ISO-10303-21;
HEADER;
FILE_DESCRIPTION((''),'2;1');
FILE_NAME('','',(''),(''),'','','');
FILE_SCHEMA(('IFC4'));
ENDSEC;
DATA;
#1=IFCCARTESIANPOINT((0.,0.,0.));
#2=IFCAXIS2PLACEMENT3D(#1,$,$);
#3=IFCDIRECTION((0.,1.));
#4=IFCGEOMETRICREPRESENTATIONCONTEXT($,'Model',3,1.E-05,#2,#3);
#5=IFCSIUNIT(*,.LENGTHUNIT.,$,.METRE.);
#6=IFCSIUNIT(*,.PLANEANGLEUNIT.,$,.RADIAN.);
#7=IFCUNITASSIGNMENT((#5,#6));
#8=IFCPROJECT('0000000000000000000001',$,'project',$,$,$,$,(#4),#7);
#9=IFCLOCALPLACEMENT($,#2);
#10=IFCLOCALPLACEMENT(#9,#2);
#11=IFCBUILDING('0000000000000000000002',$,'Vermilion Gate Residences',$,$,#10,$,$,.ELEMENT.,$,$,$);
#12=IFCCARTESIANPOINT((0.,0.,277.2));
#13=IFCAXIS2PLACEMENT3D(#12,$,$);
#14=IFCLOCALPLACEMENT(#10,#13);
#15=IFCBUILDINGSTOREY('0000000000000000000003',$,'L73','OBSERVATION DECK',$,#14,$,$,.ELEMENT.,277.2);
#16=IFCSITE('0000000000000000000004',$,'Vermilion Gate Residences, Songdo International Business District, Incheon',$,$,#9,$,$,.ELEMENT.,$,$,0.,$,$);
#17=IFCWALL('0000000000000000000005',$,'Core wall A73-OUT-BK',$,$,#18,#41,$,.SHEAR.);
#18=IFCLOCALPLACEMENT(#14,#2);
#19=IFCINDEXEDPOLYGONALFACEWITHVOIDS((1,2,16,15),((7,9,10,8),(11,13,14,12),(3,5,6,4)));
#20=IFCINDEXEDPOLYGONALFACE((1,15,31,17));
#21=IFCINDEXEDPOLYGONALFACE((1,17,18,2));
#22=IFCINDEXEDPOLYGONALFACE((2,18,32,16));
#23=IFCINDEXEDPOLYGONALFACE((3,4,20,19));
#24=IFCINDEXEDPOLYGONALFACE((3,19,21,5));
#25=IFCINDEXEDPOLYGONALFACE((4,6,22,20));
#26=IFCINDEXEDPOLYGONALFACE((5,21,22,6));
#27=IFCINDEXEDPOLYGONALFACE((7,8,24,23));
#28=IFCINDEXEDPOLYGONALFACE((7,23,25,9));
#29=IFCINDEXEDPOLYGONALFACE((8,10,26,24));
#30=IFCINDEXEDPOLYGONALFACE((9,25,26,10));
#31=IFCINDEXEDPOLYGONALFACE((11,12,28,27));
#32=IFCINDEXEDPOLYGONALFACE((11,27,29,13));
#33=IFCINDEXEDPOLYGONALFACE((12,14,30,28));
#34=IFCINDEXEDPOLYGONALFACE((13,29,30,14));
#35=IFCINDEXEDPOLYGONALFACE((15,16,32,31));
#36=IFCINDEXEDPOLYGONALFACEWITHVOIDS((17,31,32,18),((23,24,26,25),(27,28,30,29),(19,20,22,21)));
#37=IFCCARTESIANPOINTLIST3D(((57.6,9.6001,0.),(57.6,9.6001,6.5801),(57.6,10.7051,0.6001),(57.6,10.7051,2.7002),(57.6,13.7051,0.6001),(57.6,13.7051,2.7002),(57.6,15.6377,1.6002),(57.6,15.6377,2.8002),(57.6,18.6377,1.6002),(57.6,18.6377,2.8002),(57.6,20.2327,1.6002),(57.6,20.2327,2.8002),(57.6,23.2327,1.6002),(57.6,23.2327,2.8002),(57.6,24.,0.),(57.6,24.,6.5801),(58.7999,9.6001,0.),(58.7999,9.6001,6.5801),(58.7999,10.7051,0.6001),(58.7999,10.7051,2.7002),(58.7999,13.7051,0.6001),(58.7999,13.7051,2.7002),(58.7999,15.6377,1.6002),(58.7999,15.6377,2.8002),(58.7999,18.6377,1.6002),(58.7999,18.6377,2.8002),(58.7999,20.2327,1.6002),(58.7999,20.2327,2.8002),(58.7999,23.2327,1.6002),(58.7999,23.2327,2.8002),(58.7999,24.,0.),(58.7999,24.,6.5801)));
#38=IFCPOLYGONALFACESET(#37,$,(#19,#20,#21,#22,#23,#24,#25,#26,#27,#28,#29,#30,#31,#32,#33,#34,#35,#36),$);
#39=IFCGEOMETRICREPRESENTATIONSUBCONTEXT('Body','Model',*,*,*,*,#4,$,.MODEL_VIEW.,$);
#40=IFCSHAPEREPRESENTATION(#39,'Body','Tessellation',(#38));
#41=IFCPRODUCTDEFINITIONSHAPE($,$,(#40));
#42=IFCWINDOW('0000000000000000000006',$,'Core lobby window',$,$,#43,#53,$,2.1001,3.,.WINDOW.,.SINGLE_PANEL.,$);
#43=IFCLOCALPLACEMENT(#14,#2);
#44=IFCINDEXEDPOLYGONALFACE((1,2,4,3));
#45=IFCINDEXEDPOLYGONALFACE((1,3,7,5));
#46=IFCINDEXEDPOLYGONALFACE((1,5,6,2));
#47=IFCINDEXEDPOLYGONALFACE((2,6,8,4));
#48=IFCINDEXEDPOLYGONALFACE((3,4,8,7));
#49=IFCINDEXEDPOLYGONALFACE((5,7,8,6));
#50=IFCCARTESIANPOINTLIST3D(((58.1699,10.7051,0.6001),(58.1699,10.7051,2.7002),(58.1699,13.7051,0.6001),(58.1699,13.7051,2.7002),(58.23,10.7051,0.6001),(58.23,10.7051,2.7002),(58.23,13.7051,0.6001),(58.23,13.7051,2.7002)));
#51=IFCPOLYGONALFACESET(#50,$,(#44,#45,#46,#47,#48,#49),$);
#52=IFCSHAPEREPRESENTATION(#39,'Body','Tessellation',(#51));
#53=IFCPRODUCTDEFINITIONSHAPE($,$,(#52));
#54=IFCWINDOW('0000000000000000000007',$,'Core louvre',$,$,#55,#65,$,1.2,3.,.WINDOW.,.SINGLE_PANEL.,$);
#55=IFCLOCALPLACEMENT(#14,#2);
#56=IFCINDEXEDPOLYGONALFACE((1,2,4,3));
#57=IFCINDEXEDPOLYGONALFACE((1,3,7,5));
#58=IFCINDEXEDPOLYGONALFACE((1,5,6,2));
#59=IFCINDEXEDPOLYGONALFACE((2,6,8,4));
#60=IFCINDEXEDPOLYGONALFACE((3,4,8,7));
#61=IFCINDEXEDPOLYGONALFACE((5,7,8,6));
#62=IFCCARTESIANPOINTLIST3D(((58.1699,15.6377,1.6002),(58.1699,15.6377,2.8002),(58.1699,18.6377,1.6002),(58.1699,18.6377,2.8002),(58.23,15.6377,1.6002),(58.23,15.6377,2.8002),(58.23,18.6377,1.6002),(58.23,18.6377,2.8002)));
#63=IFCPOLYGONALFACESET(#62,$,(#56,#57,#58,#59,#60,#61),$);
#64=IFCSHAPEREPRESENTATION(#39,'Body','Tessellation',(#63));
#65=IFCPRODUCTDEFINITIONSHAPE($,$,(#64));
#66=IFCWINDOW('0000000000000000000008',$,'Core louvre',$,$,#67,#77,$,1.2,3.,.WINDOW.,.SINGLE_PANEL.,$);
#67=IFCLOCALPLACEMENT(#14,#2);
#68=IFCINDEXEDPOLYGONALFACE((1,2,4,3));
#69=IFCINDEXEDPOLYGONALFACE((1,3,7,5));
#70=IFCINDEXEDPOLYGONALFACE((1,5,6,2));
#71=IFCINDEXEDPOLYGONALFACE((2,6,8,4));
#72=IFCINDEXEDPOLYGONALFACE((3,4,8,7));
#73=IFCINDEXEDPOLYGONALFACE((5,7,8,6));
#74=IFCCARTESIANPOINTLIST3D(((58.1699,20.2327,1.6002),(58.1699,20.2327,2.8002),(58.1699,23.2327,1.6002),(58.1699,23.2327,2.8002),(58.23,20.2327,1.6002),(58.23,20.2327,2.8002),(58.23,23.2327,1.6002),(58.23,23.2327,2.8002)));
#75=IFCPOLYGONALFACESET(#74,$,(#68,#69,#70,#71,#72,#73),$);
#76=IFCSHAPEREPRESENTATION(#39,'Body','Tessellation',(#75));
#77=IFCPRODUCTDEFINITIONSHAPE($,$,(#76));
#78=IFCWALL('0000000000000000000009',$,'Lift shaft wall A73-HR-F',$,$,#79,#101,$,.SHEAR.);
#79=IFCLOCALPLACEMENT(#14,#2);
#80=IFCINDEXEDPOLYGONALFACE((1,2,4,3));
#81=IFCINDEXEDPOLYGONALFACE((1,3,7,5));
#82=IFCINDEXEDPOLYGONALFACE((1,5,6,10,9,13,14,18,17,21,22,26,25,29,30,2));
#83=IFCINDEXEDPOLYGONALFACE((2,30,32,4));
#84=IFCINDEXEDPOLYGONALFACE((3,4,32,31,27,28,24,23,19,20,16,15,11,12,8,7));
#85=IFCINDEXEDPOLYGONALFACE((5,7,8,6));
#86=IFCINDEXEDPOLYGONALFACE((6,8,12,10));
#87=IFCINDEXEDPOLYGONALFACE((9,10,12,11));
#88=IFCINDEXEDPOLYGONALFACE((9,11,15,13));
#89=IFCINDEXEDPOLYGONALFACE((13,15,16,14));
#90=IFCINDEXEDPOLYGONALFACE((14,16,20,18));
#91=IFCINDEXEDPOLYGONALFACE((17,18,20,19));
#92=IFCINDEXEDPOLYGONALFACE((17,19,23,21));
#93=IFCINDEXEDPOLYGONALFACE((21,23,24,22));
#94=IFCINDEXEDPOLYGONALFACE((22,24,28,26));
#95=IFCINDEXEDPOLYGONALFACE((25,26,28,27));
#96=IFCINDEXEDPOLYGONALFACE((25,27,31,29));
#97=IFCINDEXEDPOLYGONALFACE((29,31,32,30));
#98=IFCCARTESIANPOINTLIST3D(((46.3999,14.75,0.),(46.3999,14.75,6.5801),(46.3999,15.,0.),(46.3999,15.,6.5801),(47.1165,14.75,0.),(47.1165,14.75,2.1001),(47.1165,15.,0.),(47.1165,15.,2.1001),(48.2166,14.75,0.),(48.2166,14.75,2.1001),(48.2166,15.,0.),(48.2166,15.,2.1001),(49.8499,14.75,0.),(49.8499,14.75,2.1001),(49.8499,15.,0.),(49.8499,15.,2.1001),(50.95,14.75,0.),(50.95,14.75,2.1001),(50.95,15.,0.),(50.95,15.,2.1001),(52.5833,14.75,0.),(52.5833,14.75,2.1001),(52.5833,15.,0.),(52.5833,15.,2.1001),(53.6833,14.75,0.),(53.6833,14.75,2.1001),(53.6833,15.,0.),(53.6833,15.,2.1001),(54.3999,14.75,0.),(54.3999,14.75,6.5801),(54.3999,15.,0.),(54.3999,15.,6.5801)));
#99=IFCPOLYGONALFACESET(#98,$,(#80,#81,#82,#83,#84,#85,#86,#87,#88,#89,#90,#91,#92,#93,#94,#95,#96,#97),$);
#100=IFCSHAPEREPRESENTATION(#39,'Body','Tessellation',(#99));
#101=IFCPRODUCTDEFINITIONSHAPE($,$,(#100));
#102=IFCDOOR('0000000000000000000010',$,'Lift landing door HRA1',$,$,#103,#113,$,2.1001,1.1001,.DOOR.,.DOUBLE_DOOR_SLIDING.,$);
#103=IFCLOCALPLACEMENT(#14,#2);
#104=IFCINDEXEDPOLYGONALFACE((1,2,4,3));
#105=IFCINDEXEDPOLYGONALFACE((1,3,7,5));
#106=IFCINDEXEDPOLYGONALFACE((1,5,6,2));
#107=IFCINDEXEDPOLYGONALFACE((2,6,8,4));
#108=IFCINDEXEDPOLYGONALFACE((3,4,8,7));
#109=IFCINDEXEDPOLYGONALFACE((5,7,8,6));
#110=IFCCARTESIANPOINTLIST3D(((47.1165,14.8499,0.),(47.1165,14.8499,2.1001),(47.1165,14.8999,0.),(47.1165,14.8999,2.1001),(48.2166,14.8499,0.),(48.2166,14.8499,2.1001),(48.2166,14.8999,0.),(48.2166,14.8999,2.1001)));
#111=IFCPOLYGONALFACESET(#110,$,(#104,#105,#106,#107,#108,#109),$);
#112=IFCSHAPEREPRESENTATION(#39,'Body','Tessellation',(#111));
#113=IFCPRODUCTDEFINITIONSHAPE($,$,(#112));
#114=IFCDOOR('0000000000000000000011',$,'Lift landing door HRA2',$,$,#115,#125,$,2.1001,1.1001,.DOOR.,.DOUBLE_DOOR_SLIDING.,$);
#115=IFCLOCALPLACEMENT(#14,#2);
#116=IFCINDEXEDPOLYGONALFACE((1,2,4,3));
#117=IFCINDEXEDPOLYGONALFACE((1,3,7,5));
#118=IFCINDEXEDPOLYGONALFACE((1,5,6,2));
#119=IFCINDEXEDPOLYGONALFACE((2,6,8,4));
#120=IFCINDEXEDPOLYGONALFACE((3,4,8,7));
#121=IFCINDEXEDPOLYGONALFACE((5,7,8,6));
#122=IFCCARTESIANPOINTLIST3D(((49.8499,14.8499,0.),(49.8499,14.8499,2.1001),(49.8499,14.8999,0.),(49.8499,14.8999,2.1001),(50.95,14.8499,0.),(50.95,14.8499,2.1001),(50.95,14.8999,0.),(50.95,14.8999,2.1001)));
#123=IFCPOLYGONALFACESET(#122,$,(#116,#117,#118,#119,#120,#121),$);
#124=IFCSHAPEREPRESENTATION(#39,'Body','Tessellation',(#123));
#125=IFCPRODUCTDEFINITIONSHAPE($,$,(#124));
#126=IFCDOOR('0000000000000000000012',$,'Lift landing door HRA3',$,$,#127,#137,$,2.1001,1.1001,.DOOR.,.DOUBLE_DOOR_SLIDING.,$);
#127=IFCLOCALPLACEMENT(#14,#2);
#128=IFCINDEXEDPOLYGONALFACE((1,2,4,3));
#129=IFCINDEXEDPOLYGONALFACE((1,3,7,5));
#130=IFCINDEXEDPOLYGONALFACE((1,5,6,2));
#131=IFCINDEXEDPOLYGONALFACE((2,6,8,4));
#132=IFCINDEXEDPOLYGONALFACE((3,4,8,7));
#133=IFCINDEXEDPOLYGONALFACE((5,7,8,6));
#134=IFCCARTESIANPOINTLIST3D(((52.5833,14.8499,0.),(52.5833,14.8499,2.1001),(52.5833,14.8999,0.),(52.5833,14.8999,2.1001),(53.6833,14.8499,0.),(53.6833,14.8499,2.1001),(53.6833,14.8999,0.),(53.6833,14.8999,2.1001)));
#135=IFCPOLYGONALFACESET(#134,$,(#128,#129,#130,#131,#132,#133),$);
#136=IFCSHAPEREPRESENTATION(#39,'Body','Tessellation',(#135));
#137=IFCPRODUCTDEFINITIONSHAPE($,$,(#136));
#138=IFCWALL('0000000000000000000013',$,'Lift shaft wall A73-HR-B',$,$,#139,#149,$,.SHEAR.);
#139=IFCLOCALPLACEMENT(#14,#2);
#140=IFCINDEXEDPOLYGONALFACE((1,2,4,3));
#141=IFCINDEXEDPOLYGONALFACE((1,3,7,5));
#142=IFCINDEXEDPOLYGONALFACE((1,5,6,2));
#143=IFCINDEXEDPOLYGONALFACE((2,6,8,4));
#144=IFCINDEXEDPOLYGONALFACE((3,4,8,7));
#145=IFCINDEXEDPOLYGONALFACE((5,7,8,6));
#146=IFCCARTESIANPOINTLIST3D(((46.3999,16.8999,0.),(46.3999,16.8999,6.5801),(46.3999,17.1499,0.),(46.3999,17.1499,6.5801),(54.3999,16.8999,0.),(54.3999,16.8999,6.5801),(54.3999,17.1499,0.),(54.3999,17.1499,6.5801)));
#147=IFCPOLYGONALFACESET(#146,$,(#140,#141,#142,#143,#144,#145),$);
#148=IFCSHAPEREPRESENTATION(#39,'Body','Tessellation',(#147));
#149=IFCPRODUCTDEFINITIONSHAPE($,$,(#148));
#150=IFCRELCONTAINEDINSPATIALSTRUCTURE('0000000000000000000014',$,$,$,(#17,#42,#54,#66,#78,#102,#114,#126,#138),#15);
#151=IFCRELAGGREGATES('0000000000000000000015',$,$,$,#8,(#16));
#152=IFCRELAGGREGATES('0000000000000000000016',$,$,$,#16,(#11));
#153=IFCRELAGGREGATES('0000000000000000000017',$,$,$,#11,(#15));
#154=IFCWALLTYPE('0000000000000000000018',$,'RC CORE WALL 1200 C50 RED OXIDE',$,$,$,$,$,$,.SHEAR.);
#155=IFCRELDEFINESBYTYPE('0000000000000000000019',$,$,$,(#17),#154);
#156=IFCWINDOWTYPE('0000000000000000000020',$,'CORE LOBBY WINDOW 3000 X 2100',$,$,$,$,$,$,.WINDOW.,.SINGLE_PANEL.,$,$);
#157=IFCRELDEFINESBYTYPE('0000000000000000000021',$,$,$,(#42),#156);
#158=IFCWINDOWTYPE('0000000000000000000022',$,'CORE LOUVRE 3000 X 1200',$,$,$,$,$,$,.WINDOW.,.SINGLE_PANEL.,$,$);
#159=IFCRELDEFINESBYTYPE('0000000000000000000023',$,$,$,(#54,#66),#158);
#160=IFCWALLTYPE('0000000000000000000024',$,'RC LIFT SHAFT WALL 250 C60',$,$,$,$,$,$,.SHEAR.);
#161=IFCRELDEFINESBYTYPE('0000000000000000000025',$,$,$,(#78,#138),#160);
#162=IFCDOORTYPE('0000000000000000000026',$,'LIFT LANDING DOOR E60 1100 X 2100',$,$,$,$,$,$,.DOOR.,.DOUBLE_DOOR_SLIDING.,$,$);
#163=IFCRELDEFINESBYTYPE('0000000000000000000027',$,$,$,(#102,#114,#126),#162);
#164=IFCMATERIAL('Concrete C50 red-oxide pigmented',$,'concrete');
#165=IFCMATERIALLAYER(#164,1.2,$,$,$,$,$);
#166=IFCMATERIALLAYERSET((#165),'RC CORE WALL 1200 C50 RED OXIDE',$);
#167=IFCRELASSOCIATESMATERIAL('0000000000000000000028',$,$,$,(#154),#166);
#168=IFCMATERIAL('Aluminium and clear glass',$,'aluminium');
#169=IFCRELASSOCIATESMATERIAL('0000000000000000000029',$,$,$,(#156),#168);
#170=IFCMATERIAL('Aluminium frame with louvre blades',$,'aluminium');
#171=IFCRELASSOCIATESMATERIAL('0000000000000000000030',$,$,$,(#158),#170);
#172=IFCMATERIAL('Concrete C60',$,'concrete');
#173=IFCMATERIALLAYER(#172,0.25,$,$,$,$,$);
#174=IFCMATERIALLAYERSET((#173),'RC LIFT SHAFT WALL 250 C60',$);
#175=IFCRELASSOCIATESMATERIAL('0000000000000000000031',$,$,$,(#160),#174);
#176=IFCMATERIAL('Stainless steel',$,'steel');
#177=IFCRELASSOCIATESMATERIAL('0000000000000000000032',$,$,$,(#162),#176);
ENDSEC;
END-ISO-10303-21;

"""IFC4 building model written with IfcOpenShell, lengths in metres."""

from ifc_helpers import new_model, si_unit, direction, frame, frame_2d, origin, place, context, subcontext, project, spatial, rectangle, extrude, material, layer, layer_set, type_object, element, fill, save


model = new_model("IFC4")

# Units and contexts
model_context = context("Model", 3, precision=1e-05, world=origin(), true_north=direction((0.0, 1.0)))
body_context = subcontext(model_context, "Body", "Model", "MODEL_VIEW")
ifc_project = project(units=[si_unit("LENGTHUNIT", "METRE"), si_unit("PLANEANGLEUNIT", "RADIAN")], contexts=[model_context])

# Site, building, storey
site_placement = place(None, origin())
site = spatial("IfcSite", under=ifc_project, at=site_placement, Name="Vermilion Gate Residences, Songdo International Business District, Incheon", CompositionType="ELEMENT", RefElevation=0.0)
building_placement = place(site_placement, origin())
building = spatial("IfcBuilding", under=site, at=building_placement, Name="Vermilion Gate Residences", CompositionType="ELEMENT")
storey_placement = place(building_placement, frame((0.0, 0.0, 277.2)))
storey = spatial("IfcBuildingStorey", under=building, at=storey_placement, Name="L73", Description="OBSERVATION DECK", CompositionType="ELEMENT", Elevation=277.2)

# Wall, openings, windows
ifc_material_1 = material(Name="Concrete C50 red-oxide pigmented", Category="concrete")
ifc_layer_1 = layer(ifc_material_1, 1.2)
ifc_layer_set_1 = layer_set([ifc_layer_1], Name="RC CORE WALL 1200 C50 RED OXIDE")
wall_type_1 = type_object("IfcWallType", Name="RC CORE WALL 1200 C50 RED OXIDE", PredefinedType="SHEAR", material=ifc_layer_set_1)
wall_1_placement = place(storey_placement, frame((58.2, 9.6001, 0.0), z_axis=(0.0, 0.0, 1.0), x_axis=(0.0, 1.0, 0.0)))
wall_1 = element("IfcWall", 1, at=wall_1_placement, inside=storey, type_object=wall_type_1, Name="Core wall A73-OUT-BK", PredefinedType="SHEAR", context=body_context, shape_type="SweptSolid", body=[
    extrude(rectangle(XDim=14.3999, YDim=1.2, at=frame_2d((7.2, 0.0))), origin(), (0.0, 0.0, 1.0), 6.5801),
])
opening_1_placement = place(wall_1_placement, frame((1.105, 0.0, 0.6001)))
opening_1 = element("IfcOpeningElement", 2, at=opening_1_placement, cuts=wall_1, PredefinedType="OPENING", context=body_context, shape_type="SweptSolid", body=[
    extrude(rectangle(XDim=3.0, YDim=2.1001, at=frame_2d((1.5, 1.05))), frame((0.0, 0.6099, 0.0), z_axis=(0.0, -1.0, 0.0), x_axis=(1.0, 0.0, 0.0)), (0.0, 0.0, 1.0), 1.22),
])
opening_2_placement = place(wall_1_placement, frame((6.0376, 0.0, 1.6001)))
opening_2 = element("IfcOpeningElement", 3, at=opening_2_placement, cuts=wall_1, PredefinedType="OPENING", context=body_context, shape_type="SweptSolid", body=[
    extrude(rectangle(XDim=3.0, YDim=1.2, at=frame_2d((1.5, 0.6001))), frame((0.0, 0.6099, 0.0), z_axis=(0.0, -1.0, 0.0), x_axis=(1.0, 0.0, 0.0)), (0.0, 0.0, 1.0), 1.22),
])
opening_3_placement = place(wall_1_placement, frame((10.6326, 0.0, 1.6001)))
opening_3 = element("IfcOpeningElement", 4, at=opening_3_placement, cuts=wall_1, PredefinedType="OPENING", context=body_context, shape_type="SweptSolid", body=[
    extrude(rectangle(XDim=3.0, YDim=1.2, at=frame_2d((1.5, 0.6001))), frame((0.0, 0.6099, 0.0), z_axis=(0.0, -1.0, 0.0), x_axis=(1.0, 0.0, 0.0)), (0.0, 0.0, 1.0), 1.22),
])
ifc_material_2 = material(Name="Aluminium and clear glass", Category="aluminium")
window_type_1 = type_object("IfcWindowType", Name="CORE LOBBY WINDOW 3000 X 2100", PartitioningType="SINGLE_PANEL", PredefinedType="WINDOW", material=ifc_material_2)
window_1_placement = place(opening_1_placement, origin())
window_1 = element("IfcWindow", 5, at=window_1_placement, inside=storey, type_object=window_type_1, Name="Core lobby window", OverallHeight=2.1001, OverallWidth=3.0, PartitioningType="SINGLE_PANEL", PredefinedType="WINDOW", context=body_context, shape_type="SweptSolid", body=[
    extrude(rectangle(XDim=3.0, YDim=2.1001, at=frame_2d((1.5, 1.05))), frame((0.0, 0.03, 0.0), z_axis=(0.0, -1.0, 0.0), x_axis=(1.0, 0.0, 0.0)), (0.0, 0.0, 1.0), 0.0601),
])
fill(opening_1, window_1)
ifc_material_3 = material(Name="Aluminium frame with louvre blades", Category="aluminium")
window_type_2 = type_object("IfcWindowType", Name="CORE LOUVRE 3000 X 1200", PartitioningType="SINGLE_PANEL", PredefinedType="WINDOW", material=ifc_material_3)
window_2_placement = place(opening_2_placement, origin())
window_2 = element("IfcWindow", 6, at=window_2_placement, inside=storey, type_object=window_type_2, Name="Core louvre", OverallHeight=1.2, OverallWidth=3.0, PartitioningType="SINGLE_PANEL", PredefinedType="WINDOW", context=body_context, shape_type="SweptSolid", body=[
    extrude(rectangle(XDim=3.0, YDim=1.2, at=frame_2d((1.5, 0.6001))), frame((0.0, 0.03, 0.0), z_axis=(0.0, -1.0, 0.0), x_axis=(1.0, 0.0, 0.0)), (0.0, 0.0, 1.0), 0.0601),
])
fill(opening_2, window_2)
window_3_placement = place(opening_3_placement, origin())
window_3 = element("IfcWindow", 7, at=window_3_placement, inside=storey, type_object=window_type_2, Name="Core louvre", OverallHeight=1.2, OverallWidth=3.0, PartitioningType="SINGLE_PANEL", PredefinedType="WINDOW", context=body_context, shape_type="SweptSolid", body=[
    extrude(rectangle(XDim=3.0, YDim=1.2, at=frame_2d((1.5, 0.6001))), frame((0.0, 0.03, 0.0), z_axis=(0.0, -1.0, 0.0), x_axis=(1.0, 0.0, 0.0)), (0.0, 0.0, 1.0), 0.0601),
])
fill(opening_3, window_3)

# Wall, openings, doors
ifc_material_4 = material(Name="Concrete C60", Category="concrete")
ifc_layer_2 = layer(ifc_material_4, 0.25)
ifc_layer_set_2 = layer_set([ifc_layer_2], Name="RC LIFT SHAFT WALL 250 C60")
wall_type_2 = type_object("IfcWallType", Name="RC LIFT SHAFT WALL 250 C60", PredefinedType="SHEAR", material=ifc_layer_set_2)
wall_2_placement = place(storey_placement, frame((46.3999, 14.875, 0.0), z_axis=(0.0, 0.0, 1.0), x_axis=(1.0, 0.0, 0.0)))
wall_2 = element("IfcWall", 8, at=wall_2_placement, inside=storey, type_object=wall_type_2, Name="Lift shaft wall A73-HR-F", PredefinedType="SHEAR", context=body_context, shape_type="SweptSolid", body=[
    extrude(rectangle(XDim=8.0, YDim=0.25, at=frame_2d((4.0, 0.0))), origin(), (0.0, 0.0, 1.0), 6.5801),
])
opening_4_placement = place(wall_2_placement, frame((0.7166, 0.0, 0.0)))
opening_4 = element("IfcOpeningElement", 9, at=opening_4_placement, cuts=wall_2, PredefinedType="OPENING", context=body_context, shape_type="SweptSolid", body=[
    extrude(rectangle(XDim=1.1001, YDim=2.1001, at=frame_2d((0.55, 1.05))), frame((0.0, 0.135, 0.0), z_axis=(0.0, -1.0, 0.0), x_axis=(1.0, 0.0, 0.0)), (0.0, 0.0, 1.0), 0.27),
])
opening_5_placement = place(wall_2_placement, frame((3.45, 0.0, 0.0)))
opening_5 = element("IfcOpeningElement", 10, at=opening_5_placement, cuts=wall_2, PredefinedType="OPENING", context=body_context, shape_type="SweptSolid", body=[
    extrude(rectangle(XDim=1.1001, YDim=2.1001, at=frame_2d((0.55, 1.05))), frame((0.0, 0.135, 0.0), z_axis=(0.0, -1.0, 0.0), x_axis=(1.0, 0.0, 0.0)), (0.0, 0.0, 1.0), 0.27),
])
opening_6_placement = place(wall_2_placement, frame((6.1833, 0.0, 0.0)))
opening_6 = element("IfcOpeningElement", 11, at=opening_6_placement, cuts=wall_2, PredefinedType="OPENING", context=body_context, shape_type="SweptSolid", body=[
    extrude(rectangle(XDim=1.1001, YDim=2.1001, at=frame_2d((0.55, 1.05))), frame((0.0, 0.135, 0.0), z_axis=(0.0, -1.0, 0.0), x_axis=(1.0, 0.0, 0.0)), (0.0, 0.0, 1.0), 0.27),
])
ifc_material_5 = material(Name="Stainless steel", Category="steel")
door_type_1 = type_object("IfcDoorType", Name="LIFT LANDING DOOR E60 1100 X 2100", OperationType="DOUBLE_DOOR_SLIDING", PredefinedType="DOOR", material=ifc_material_5)
door_1_placement = place(opening_4_placement, origin())
door_1 = element("IfcDoor", 12, at=door_1_placement, inside=storey, type_object=door_type_1, Name="Lift landing door HRA1", OperationType="DOUBLE_DOOR_SLIDING", OverallHeight=2.1001, OverallWidth=1.1001, PredefinedType="DOOR", context=body_context, shape_type="SweptSolid", body=[
    extrude(rectangle(XDim=1.1001, YDim=2.1001, at=frame_2d((0.55, 1.05))), frame((0.0, 0.0249, 0.0), z_axis=(0.0, -1.0, 0.0), x_axis=(1.0, 0.0, 0.0)), (0.0, 0.0, 1.0), 0.05),
])
fill(opening_4, door_1)
door_2_placement = place(opening_5_placement, origin())
door_2 = element("IfcDoor", 13, at=door_2_placement, inside=storey, type_object=door_type_1, Name="Lift landing door HRA2", OperationType="DOUBLE_DOOR_SLIDING", OverallHeight=2.1001, OverallWidth=1.1001, PredefinedType="DOOR", context=body_context, shape_type="SweptSolid", body=[
    extrude(rectangle(XDim=1.1001, YDim=2.1001, at=frame_2d((0.55, 1.05))), frame((0.0, 0.0249, 0.0), z_axis=(0.0, -1.0, 0.0), x_axis=(1.0, 0.0, 0.0)), (0.0, 0.0, 1.0), 0.05),
])
fill(opening_5, door_2)
door_3_placement = place(opening_6_placement, origin())
door_3 = element("IfcDoor", 14, at=door_3_placement, inside=storey, type_object=door_type_1, Name="Lift landing door HRA3", OperationType="DOUBLE_DOOR_SLIDING", OverallHeight=2.1001, OverallWidth=1.1001, PredefinedType="DOOR", context=body_context, shape_type="SweptSolid", body=[
    extrude(rectangle(XDim=1.1001, YDim=2.1001, at=frame_2d((0.55, 1.05))), frame((0.0, 0.0249, 0.0), z_axis=(0.0, -1.0, 0.0), x_axis=(1.0, 0.0, 0.0)), (0.0, 0.0, 1.0), 0.05),
])
fill(opening_6, door_3)

# Wall
wall_3_placement = place(storey_placement, frame((46.3999, 17.0249, 0.0), z_axis=(0.0, 0.0, 1.0), x_axis=(1.0, 0.0, 0.0)))
element("IfcWall", 15, at=wall_3_placement, inside=storey, type_object=wall_type_2, Name="Lift shaft wall A73-HR-B", PredefinedType="SHEAR", context=body_context, shape_type="SweptSolid", body=[
    extrude(rectangle(XDim=8.0, YDim=0.25, at=frame_2d((4.0, 0.0))), origin(), (0.0, 0.0, 1.0), 6.5801),
])

save(model, "model.ifc")
